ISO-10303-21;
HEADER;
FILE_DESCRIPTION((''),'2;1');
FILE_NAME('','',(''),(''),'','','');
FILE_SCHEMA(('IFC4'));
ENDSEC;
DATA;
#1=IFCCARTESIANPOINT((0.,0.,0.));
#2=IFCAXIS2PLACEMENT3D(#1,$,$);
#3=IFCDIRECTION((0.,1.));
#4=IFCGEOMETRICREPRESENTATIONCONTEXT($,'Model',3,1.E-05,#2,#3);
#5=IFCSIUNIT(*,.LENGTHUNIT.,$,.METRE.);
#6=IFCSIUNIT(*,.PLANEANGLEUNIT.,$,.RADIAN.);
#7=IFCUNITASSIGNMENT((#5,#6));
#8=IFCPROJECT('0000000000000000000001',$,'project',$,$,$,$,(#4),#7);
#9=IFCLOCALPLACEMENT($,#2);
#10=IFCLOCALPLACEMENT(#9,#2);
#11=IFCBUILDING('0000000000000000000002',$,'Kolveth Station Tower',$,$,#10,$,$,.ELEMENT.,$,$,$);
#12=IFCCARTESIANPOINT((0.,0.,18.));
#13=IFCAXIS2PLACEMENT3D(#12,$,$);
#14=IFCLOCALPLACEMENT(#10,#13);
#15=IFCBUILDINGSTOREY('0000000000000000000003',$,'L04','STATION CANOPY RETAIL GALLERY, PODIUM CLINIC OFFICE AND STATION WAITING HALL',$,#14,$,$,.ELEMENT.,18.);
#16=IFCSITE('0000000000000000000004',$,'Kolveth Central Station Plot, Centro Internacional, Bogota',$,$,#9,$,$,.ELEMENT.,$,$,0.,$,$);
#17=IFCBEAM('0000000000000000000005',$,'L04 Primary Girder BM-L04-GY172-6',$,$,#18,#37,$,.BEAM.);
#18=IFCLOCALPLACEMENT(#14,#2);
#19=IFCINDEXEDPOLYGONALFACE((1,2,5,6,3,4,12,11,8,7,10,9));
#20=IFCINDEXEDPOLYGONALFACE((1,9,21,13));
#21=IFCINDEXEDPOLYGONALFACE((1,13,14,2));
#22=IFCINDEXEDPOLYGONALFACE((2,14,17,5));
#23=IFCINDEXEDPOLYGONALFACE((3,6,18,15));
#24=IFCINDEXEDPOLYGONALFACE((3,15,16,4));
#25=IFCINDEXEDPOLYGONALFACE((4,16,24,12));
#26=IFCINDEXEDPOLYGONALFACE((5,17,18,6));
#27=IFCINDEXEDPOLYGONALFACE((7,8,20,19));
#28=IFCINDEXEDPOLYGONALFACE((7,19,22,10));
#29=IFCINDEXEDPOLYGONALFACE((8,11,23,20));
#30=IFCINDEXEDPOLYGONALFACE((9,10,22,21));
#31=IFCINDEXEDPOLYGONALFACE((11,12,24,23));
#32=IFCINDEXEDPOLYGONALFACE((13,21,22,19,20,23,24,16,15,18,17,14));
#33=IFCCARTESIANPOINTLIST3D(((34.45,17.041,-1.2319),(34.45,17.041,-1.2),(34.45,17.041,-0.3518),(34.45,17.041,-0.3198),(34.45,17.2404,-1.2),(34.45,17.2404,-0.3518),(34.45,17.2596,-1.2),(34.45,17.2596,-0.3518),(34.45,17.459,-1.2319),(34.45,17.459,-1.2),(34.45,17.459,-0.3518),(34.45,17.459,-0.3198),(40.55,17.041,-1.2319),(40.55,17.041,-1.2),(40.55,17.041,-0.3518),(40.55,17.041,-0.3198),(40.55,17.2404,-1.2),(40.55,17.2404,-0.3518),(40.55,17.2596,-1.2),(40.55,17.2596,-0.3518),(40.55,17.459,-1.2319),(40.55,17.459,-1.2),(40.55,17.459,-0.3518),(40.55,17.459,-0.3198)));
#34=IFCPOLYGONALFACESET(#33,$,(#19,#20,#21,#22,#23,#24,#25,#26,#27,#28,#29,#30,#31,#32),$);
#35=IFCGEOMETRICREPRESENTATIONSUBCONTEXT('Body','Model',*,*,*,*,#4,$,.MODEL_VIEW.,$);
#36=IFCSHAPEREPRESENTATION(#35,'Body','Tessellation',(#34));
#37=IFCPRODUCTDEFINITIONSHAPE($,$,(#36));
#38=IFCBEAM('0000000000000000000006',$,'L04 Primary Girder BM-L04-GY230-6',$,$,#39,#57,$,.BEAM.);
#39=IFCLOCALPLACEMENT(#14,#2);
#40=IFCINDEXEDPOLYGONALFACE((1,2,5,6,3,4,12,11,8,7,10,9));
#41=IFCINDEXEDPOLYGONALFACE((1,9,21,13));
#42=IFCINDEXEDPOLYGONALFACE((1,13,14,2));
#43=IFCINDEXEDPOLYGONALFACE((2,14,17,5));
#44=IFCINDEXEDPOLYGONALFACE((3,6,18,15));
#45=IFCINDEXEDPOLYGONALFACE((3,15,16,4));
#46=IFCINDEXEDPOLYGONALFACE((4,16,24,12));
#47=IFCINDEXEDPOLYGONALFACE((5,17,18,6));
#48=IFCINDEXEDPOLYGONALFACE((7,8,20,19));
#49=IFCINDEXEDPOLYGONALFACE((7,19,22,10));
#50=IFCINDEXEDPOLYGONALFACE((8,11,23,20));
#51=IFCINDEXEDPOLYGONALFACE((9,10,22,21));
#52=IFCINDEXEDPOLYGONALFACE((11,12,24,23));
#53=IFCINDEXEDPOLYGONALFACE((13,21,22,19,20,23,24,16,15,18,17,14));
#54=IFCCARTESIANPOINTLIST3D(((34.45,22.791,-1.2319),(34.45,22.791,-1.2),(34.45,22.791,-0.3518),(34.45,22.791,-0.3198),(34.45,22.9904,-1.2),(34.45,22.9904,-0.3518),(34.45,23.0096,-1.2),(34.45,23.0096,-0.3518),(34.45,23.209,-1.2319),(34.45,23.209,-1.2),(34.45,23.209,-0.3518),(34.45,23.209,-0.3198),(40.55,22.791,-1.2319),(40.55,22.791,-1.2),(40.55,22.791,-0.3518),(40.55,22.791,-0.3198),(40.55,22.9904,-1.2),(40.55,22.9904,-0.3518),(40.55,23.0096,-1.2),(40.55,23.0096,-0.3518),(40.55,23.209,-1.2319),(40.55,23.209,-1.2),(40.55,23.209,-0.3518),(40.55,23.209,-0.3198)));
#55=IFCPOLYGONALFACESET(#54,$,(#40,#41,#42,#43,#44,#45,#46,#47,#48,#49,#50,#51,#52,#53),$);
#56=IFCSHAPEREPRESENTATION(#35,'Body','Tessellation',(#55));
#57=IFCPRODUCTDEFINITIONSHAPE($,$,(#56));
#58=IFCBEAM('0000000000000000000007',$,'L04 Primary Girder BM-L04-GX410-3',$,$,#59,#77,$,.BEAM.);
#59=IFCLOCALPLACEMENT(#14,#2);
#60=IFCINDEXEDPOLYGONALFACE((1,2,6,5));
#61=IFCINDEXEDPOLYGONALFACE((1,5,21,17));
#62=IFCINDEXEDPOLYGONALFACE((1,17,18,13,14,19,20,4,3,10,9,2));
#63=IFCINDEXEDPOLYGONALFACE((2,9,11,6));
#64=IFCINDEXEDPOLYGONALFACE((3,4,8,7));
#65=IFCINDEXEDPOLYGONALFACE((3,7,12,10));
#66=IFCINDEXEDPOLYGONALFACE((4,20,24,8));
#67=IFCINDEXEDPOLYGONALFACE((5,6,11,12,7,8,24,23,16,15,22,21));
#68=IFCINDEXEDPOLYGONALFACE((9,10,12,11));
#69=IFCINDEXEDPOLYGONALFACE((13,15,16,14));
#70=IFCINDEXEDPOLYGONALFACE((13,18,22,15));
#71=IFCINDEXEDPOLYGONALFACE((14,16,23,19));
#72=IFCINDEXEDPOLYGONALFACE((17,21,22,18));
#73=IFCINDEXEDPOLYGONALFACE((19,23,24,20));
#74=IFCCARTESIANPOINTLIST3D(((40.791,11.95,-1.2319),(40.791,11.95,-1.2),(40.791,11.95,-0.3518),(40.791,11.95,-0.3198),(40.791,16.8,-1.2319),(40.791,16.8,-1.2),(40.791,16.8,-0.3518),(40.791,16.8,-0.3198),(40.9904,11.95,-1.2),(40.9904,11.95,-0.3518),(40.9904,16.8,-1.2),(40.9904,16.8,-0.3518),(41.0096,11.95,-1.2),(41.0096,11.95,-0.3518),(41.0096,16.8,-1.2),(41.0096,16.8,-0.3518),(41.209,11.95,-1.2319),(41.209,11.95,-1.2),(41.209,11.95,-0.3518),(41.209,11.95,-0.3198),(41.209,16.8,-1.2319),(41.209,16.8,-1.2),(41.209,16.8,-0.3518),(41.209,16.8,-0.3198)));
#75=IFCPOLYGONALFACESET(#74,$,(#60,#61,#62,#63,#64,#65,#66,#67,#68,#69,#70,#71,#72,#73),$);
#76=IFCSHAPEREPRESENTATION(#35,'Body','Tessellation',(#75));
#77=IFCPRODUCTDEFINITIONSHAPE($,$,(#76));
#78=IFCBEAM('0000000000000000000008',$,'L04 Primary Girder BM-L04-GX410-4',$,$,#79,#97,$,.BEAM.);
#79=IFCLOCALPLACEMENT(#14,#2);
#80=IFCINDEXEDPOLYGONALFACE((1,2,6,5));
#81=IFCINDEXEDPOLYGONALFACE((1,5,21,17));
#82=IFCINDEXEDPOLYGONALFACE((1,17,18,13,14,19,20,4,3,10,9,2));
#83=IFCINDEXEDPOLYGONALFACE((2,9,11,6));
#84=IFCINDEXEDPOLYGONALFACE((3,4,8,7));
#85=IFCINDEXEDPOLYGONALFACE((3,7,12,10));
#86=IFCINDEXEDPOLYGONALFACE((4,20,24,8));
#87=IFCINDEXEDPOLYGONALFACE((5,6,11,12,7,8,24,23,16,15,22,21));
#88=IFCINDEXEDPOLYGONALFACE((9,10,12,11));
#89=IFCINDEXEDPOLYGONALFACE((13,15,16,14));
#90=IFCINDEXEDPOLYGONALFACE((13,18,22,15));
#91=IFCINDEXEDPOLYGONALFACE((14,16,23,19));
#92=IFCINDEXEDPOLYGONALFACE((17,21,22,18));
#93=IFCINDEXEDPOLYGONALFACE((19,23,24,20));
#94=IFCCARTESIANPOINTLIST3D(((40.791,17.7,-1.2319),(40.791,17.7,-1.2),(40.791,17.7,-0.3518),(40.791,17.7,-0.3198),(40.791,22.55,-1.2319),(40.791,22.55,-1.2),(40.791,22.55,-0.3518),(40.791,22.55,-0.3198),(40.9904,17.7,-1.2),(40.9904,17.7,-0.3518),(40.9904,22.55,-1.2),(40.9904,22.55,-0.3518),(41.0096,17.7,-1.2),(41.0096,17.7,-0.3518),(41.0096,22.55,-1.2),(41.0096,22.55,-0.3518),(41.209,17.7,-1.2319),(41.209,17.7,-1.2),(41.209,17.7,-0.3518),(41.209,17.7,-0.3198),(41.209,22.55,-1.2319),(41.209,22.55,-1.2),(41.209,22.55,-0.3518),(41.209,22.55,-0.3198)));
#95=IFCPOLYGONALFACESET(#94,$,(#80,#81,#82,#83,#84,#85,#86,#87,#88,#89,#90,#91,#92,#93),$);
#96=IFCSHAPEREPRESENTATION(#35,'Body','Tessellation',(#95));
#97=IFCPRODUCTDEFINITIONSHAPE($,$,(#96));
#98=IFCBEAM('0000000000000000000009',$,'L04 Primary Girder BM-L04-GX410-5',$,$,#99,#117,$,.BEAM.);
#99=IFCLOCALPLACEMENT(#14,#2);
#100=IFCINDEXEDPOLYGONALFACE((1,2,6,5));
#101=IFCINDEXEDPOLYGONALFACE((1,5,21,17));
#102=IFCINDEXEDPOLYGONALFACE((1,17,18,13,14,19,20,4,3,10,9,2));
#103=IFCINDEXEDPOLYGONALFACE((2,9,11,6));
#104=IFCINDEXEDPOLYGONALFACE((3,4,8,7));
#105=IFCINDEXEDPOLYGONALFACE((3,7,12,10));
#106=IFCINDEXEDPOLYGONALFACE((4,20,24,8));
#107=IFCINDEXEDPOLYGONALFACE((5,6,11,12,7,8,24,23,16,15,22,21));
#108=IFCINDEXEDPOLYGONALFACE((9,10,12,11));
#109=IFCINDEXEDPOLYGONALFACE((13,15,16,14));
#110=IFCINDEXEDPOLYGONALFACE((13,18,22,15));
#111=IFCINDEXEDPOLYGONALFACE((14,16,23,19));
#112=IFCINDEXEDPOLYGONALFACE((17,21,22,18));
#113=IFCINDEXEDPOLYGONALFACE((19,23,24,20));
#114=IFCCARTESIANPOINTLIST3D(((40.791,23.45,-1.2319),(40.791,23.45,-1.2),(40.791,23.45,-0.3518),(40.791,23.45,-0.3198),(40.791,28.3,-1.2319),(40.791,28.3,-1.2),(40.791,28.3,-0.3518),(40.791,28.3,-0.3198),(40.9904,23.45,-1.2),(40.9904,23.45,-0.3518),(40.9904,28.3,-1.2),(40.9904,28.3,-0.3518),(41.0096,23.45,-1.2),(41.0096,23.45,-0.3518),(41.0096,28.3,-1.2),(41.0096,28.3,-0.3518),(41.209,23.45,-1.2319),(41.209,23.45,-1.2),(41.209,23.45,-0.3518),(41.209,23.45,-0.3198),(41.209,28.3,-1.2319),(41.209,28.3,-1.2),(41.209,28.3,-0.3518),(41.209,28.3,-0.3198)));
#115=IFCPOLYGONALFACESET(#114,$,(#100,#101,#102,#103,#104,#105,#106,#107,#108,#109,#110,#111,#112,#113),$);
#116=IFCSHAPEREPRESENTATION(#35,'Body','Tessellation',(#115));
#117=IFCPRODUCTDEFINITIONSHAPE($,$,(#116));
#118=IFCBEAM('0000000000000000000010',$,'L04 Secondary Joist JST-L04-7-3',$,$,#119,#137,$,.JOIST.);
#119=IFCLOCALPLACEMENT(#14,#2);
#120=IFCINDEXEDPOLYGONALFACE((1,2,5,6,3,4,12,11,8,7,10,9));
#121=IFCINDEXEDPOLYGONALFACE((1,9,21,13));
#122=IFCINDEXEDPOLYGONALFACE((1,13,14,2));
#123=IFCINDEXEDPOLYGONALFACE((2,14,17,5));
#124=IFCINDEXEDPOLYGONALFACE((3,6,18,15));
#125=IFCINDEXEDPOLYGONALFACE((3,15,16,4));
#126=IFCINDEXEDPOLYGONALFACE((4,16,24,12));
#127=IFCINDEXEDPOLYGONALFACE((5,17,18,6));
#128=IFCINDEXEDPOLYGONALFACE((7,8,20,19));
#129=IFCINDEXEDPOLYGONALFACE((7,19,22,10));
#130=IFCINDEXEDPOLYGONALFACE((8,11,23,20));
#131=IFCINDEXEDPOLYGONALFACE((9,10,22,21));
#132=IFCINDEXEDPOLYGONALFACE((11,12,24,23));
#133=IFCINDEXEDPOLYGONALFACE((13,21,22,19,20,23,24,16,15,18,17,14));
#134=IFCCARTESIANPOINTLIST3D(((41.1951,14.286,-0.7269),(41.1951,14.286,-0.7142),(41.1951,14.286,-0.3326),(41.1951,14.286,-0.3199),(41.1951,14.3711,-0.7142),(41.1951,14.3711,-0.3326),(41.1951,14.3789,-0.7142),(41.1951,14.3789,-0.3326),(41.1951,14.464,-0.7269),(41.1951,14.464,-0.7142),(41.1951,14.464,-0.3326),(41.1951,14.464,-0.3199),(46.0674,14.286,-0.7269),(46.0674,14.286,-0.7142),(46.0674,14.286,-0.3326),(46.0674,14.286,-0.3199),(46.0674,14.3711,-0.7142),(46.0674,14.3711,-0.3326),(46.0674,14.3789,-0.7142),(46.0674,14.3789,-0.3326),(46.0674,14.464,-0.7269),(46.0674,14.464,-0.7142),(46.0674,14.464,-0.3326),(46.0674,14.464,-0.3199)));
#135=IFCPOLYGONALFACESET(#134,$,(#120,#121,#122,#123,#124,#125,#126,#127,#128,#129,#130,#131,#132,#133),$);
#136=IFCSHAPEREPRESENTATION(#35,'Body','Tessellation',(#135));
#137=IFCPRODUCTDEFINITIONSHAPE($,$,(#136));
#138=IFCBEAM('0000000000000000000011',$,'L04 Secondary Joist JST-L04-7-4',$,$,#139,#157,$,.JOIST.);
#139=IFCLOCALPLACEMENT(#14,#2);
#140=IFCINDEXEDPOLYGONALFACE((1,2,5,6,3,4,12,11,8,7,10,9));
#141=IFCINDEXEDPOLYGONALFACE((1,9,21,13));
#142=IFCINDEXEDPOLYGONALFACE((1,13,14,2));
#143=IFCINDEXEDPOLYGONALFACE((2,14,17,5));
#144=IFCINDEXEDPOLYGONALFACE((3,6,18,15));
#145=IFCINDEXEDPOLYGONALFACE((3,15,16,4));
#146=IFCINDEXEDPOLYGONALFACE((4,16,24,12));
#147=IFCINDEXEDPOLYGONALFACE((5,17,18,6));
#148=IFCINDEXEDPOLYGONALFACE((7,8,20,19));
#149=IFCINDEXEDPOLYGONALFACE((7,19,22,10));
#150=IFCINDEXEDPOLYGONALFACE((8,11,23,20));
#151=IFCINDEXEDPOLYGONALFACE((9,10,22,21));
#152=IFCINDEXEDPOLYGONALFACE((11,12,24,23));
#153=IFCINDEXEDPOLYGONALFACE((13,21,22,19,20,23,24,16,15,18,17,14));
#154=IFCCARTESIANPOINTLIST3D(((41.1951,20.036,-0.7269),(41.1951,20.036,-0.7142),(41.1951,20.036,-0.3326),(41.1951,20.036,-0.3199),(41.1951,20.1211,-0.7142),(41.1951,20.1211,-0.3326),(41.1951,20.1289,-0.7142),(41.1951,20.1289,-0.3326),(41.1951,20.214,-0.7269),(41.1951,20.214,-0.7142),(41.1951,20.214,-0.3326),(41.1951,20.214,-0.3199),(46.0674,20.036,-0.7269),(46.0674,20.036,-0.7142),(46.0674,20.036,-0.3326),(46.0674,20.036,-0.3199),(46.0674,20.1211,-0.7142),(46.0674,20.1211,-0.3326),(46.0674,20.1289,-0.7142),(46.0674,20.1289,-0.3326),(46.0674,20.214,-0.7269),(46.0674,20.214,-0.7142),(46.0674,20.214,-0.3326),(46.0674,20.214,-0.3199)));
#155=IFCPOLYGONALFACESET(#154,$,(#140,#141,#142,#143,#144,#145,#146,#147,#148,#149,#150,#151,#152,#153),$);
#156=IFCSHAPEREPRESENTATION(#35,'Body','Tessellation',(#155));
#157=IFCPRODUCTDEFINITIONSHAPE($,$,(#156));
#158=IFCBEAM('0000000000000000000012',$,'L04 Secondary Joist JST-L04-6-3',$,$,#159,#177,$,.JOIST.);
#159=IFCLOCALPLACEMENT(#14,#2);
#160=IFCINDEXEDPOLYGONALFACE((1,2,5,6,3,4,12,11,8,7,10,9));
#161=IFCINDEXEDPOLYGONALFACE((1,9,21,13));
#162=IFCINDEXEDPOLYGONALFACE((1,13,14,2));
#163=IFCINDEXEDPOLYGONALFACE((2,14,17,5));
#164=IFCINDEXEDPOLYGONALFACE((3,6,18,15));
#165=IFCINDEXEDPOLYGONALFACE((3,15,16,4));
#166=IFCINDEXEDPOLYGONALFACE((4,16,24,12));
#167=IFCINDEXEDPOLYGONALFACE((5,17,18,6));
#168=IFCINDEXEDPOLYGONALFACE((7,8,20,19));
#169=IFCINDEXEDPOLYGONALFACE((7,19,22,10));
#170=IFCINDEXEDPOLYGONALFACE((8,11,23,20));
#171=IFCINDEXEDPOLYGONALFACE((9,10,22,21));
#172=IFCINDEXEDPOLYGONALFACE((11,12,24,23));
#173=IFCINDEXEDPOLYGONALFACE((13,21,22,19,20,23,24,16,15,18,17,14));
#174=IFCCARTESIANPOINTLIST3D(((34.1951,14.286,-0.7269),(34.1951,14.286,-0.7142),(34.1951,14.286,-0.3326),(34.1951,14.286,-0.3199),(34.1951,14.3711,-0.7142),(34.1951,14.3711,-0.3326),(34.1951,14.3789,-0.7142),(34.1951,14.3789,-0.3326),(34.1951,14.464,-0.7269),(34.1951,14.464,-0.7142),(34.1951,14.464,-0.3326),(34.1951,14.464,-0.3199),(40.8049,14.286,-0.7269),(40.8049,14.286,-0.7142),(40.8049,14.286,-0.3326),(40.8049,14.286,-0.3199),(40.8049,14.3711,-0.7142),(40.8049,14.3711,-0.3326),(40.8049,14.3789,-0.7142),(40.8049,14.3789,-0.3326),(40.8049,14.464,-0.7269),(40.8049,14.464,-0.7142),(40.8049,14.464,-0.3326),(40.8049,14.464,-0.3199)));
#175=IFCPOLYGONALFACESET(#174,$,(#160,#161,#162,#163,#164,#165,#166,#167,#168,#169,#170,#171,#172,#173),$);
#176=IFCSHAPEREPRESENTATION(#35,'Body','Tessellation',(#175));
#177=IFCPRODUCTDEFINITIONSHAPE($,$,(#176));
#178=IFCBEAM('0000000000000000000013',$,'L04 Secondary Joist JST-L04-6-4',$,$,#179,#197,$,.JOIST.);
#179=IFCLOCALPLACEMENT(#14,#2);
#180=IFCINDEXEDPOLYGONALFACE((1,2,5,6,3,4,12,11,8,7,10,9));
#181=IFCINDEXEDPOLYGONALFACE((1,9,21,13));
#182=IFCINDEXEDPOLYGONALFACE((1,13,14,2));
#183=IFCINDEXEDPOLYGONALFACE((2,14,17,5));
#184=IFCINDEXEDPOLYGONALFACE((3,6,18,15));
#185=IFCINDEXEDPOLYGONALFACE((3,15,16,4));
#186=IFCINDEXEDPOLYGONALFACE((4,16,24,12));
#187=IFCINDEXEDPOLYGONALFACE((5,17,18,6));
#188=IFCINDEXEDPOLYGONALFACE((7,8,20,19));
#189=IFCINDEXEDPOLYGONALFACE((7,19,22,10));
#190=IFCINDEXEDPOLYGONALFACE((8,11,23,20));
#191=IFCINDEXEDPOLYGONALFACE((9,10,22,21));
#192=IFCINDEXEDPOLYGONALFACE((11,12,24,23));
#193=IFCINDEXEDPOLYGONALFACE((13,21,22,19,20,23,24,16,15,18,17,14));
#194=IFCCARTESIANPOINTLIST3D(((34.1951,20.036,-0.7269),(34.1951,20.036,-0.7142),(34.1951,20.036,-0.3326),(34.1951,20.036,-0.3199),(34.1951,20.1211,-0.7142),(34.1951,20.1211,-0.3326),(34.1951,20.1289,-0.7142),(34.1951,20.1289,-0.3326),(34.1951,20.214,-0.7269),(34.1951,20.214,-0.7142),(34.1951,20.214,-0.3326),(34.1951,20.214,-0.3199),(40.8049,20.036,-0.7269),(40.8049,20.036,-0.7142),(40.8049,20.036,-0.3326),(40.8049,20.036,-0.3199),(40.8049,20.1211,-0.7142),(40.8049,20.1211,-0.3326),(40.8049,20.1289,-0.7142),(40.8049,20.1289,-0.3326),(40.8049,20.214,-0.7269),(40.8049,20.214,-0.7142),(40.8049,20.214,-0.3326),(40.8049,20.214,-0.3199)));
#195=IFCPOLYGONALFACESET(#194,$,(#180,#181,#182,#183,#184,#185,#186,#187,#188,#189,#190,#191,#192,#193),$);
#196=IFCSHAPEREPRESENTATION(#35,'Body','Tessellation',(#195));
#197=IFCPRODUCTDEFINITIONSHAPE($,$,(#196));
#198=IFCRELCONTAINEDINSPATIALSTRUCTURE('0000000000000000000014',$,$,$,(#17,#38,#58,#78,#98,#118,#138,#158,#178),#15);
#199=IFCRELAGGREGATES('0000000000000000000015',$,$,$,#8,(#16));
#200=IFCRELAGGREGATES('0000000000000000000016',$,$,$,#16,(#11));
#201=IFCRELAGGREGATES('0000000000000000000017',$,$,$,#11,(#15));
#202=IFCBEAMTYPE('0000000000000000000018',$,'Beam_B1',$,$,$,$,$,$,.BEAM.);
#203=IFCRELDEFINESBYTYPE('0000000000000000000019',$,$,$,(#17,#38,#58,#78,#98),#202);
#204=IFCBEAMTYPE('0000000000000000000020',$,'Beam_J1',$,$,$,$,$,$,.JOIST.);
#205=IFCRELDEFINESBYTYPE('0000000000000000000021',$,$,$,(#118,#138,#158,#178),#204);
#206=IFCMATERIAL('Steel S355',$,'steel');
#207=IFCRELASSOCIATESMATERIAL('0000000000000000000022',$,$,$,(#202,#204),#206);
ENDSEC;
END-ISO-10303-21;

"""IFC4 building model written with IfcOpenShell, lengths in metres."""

from ifc_helpers import new_model, si_unit, direction, frame, origin, origin_2d, place, context, subcontext, project, spatial, i_section, extrude, source, transform, mapped, material, material_profile, profile_set, type_object, element, save


model = new_model("IFC4")

# Units and contexts
model_context = context("Model", 3, precision=1e-05, world=origin(), true_north=direction((0.0, 1.0)))
body_context = subcontext(model_context, "Body", "Model", "MODEL_VIEW")
ifc_project = project(units=[si_unit("LENGTHUNIT", "METRE"), si_unit("PLANEANGLEUNIT", "RADIAN")], contexts=[model_context])

# Site, building, storey
site_placement = place(None, origin())
site = spatial("IfcSite", under=ifc_project, at=site_placement, Name="Kolveth Central Station Plot, Centro Internacional, Bogota", CompositionType="ELEMENT", RefElevation=0.0)
building_placement = place(site_placement, origin())
building = spatial("IfcBuilding", under=site, at=building_placement, Name="Kolveth Station Tower", CompositionType="ELEMENT")
storey_placement = place(building_placement, frame((0.0, 0.0, 18.0)))
storey = spatial("IfcBuildingStorey", under=building, at=storey_placement, Name="L04", Description="STATION CANOPY RETAIL GALLERY, PODIUM CLINIC OFFICE AND STATION WAITING HALL", CompositionType="ELEMENT", Elevation=18.0)

# Shared definitions
ifc_material_1 = material(Name="Steel S355", Category="steel")

# Beams
ifc_material_profile_1 = material_profile(ifc_material_1, i_section(OverallWidth=0.418, OverallDepth=0.9121, WebThickness=0.0193, FlangeThickness=0.032, at=origin_2d()), Name="W920x342")
ifc_profile_set_1 = profile_set([ifc_material_profile_1], Name="Steel S355")
beam_type_1 = type_object("IfcBeamType", Name="Beam_B1", PredefinedType="BEAM", material=ifc_profile_set_1)
shared_shape_1 = source(origin(), body_context, "Body", "SweptSolid", [
    extrude(i_section(OverallWidth=0.418, OverallDepth=0.9121, WebThickness=0.0193, FlangeThickness=0.032, at=origin_2d()), origin(), (0.0, 0.0, 1.0), 6.1001),
])
for number, where, z_axis, x_axis, name in (
    (1, (34.45, 17.25, -0.7759), (1.0, 0.0, 0.0), (0.0, 1.0, 0.0), "L04 Primary Girder BM-L04-GY172-6"),
    (2, (34.45, 23.0, -0.7759), (1.0, 0.0, 0.0), (0.0, 1.0, 0.0), "L04 Primary Girder BM-L04-GY230-6"),
):
    element("IfcBeam", number, at=place(storey_placement, frame(where, z_axis=z_axis, x_axis=x_axis)), inside=storey, type_object=beam_type_1, Name=name, PredefinedType="BEAM", context=body_context, shape_type="MappedRepresentation", body=[
        mapped(shared_shape_1, transform((0.0, 0.0, 0.0), x_axis=(1.0, 0.0, 0.0), y_axis=(0.0, 1.0, 0.0), z_axis=(0.0, 0.0, 1.0), scale=1.0)),
    ])
shared_shape_2 = source(origin(), body_context, "Body", "SweptSolid", [
    extrude(i_section(OverallWidth=0.418, OverallDepth=0.9121, WebThickness=0.0193, FlangeThickness=0.032, at=origin_2d()), origin(), (0.0, 0.0, 1.0), 4.8501),
])
for number, where, z_axis, x_axis, name in (
    (3, (41.0, 11.95, -0.7759), (0.0, 1.0, 0.0), (-1.0, 0.0, 0.0), "L04 Primary Girder BM-L04-GX410-3"),
    (4, (41.0, 17.7, -0.7759), (0.0, 1.0, 0.0), (-1.0, 0.0, 0.0), "L04 Primary Girder BM-L04-GX410-4"),
    (5, (41.0, 23.45, -0.7759), (0.0, 1.0, 0.0), (-1.0, 0.0, 0.0), "L04 Primary Girder BM-L04-GX410-5"),
):
    element("IfcBeam", number, at=place(storey_placement, frame(where, z_axis=z_axis, x_axis=x_axis)), inside=storey, type_object=beam_type_1, Name=name, PredefinedType="BEAM", context=body_context, shape_type="MappedRepresentation", body=[
        mapped(shared_shape_2, transform((0.0, 0.0, 0.0), x_axis=(1.0, 0.0, 0.0), y_axis=(0.0, 1.0, 0.0), z_axis=(0.0, 0.0, 1.0), scale=1.0)),
    ])
ifc_material_profile_2 = material_profile(ifc_material_1, i_section(OverallWidth=0.178, OverallDepth=0.407, WebThickness=0.0078, FlangeThickness=0.0127, at=origin_2d()), Name="W410x60")
ifc_profile_set_2 = profile_set([ifc_material_profile_2], Name="Steel S355")
beam_type_2 = type_object("IfcBeamType", Name="Beam_J1", PredefinedType="JOIST", material=ifc_profile_set_2)
shared_shape_3 = source(origin(), body_context, "Body", "SweptSolid", [
    extrude(i_section(OverallWidth=0.178, OverallDepth=0.407, WebThickness=0.0078, FlangeThickness=0.0127, at=origin_2d()), origin(), (0.0, 0.0, 1.0), 4.8723),
])
for number, where, z_axis, x_axis, name in (
    (6, (41.1951, 14.375, -0.5234), (1.0, 0.0, 0.0), (0.0, 1.0, 0.0), "L04 Secondary Joist JST-L04-7-3"),
    (7, (41.1951, 20.125, -0.5234), (1.0, 0.0, 0.0), (0.0, 1.0, 0.0), "L04 Secondary Joist JST-L04-7-4"),
):
    element("IfcBeam", number, at=place(storey_placement, frame(where, z_axis=z_axis, x_axis=x_axis)), inside=storey, type_object=beam_type_2, Name=name, PredefinedType="JOIST", context=body_context, shape_type="MappedRepresentation", body=[
        mapped(shared_shape_3, transform((0.0, 0.0, 0.0), x_axis=(1.0, 0.0, 0.0), y_axis=(0.0, 1.0, 0.0), z_axis=(0.0, 0.0, 1.0), scale=1.0)),
    ])
shared_shape_4 = source(origin(), body_context, "Body", "SweptSolid", [
    extrude(i_section(OverallWidth=0.178, OverallDepth=0.407, WebThickness=0.0078, FlangeThickness=0.0127, at=origin_2d()), origin(), (0.0, 0.0, 1.0), 6.6099),
])
for number, where, z_axis, x_axis, name in (
    (8, (34.1951, 14.375, -0.5234), (1.0, 0.0, 0.0), (0.0, 1.0, 0.0), "L04 Secondary Joist JST-L04-6-3"),
    (9, (34.1951, 20.125, -0.5234), (1.0, 0.0, 0.0), (0.0, 1.0, 0.0), "L04 Secondary Joist JST-L04-6-4"),
):
    element("IfcBeam", number, at=place(storey_placement, frame(where, z_axis=z_axis, x_axis=x_axis)), inside=storey, type_object=beam_type_2, Name=name, PredefinedType="JOIST", context=body_context, shape_type="MappedRepresentation", body=[
        mapped(shared_shape_4, transform((0.0, 0.0, 0.0), x_axis=(1.0, 0.0, 0.0), y_axis=(0.0, 1.0, 0.0), z_axis=(0.0, 0.0, 1.0), scale=1.0)),
    ])

save(model, "model.ifc")
